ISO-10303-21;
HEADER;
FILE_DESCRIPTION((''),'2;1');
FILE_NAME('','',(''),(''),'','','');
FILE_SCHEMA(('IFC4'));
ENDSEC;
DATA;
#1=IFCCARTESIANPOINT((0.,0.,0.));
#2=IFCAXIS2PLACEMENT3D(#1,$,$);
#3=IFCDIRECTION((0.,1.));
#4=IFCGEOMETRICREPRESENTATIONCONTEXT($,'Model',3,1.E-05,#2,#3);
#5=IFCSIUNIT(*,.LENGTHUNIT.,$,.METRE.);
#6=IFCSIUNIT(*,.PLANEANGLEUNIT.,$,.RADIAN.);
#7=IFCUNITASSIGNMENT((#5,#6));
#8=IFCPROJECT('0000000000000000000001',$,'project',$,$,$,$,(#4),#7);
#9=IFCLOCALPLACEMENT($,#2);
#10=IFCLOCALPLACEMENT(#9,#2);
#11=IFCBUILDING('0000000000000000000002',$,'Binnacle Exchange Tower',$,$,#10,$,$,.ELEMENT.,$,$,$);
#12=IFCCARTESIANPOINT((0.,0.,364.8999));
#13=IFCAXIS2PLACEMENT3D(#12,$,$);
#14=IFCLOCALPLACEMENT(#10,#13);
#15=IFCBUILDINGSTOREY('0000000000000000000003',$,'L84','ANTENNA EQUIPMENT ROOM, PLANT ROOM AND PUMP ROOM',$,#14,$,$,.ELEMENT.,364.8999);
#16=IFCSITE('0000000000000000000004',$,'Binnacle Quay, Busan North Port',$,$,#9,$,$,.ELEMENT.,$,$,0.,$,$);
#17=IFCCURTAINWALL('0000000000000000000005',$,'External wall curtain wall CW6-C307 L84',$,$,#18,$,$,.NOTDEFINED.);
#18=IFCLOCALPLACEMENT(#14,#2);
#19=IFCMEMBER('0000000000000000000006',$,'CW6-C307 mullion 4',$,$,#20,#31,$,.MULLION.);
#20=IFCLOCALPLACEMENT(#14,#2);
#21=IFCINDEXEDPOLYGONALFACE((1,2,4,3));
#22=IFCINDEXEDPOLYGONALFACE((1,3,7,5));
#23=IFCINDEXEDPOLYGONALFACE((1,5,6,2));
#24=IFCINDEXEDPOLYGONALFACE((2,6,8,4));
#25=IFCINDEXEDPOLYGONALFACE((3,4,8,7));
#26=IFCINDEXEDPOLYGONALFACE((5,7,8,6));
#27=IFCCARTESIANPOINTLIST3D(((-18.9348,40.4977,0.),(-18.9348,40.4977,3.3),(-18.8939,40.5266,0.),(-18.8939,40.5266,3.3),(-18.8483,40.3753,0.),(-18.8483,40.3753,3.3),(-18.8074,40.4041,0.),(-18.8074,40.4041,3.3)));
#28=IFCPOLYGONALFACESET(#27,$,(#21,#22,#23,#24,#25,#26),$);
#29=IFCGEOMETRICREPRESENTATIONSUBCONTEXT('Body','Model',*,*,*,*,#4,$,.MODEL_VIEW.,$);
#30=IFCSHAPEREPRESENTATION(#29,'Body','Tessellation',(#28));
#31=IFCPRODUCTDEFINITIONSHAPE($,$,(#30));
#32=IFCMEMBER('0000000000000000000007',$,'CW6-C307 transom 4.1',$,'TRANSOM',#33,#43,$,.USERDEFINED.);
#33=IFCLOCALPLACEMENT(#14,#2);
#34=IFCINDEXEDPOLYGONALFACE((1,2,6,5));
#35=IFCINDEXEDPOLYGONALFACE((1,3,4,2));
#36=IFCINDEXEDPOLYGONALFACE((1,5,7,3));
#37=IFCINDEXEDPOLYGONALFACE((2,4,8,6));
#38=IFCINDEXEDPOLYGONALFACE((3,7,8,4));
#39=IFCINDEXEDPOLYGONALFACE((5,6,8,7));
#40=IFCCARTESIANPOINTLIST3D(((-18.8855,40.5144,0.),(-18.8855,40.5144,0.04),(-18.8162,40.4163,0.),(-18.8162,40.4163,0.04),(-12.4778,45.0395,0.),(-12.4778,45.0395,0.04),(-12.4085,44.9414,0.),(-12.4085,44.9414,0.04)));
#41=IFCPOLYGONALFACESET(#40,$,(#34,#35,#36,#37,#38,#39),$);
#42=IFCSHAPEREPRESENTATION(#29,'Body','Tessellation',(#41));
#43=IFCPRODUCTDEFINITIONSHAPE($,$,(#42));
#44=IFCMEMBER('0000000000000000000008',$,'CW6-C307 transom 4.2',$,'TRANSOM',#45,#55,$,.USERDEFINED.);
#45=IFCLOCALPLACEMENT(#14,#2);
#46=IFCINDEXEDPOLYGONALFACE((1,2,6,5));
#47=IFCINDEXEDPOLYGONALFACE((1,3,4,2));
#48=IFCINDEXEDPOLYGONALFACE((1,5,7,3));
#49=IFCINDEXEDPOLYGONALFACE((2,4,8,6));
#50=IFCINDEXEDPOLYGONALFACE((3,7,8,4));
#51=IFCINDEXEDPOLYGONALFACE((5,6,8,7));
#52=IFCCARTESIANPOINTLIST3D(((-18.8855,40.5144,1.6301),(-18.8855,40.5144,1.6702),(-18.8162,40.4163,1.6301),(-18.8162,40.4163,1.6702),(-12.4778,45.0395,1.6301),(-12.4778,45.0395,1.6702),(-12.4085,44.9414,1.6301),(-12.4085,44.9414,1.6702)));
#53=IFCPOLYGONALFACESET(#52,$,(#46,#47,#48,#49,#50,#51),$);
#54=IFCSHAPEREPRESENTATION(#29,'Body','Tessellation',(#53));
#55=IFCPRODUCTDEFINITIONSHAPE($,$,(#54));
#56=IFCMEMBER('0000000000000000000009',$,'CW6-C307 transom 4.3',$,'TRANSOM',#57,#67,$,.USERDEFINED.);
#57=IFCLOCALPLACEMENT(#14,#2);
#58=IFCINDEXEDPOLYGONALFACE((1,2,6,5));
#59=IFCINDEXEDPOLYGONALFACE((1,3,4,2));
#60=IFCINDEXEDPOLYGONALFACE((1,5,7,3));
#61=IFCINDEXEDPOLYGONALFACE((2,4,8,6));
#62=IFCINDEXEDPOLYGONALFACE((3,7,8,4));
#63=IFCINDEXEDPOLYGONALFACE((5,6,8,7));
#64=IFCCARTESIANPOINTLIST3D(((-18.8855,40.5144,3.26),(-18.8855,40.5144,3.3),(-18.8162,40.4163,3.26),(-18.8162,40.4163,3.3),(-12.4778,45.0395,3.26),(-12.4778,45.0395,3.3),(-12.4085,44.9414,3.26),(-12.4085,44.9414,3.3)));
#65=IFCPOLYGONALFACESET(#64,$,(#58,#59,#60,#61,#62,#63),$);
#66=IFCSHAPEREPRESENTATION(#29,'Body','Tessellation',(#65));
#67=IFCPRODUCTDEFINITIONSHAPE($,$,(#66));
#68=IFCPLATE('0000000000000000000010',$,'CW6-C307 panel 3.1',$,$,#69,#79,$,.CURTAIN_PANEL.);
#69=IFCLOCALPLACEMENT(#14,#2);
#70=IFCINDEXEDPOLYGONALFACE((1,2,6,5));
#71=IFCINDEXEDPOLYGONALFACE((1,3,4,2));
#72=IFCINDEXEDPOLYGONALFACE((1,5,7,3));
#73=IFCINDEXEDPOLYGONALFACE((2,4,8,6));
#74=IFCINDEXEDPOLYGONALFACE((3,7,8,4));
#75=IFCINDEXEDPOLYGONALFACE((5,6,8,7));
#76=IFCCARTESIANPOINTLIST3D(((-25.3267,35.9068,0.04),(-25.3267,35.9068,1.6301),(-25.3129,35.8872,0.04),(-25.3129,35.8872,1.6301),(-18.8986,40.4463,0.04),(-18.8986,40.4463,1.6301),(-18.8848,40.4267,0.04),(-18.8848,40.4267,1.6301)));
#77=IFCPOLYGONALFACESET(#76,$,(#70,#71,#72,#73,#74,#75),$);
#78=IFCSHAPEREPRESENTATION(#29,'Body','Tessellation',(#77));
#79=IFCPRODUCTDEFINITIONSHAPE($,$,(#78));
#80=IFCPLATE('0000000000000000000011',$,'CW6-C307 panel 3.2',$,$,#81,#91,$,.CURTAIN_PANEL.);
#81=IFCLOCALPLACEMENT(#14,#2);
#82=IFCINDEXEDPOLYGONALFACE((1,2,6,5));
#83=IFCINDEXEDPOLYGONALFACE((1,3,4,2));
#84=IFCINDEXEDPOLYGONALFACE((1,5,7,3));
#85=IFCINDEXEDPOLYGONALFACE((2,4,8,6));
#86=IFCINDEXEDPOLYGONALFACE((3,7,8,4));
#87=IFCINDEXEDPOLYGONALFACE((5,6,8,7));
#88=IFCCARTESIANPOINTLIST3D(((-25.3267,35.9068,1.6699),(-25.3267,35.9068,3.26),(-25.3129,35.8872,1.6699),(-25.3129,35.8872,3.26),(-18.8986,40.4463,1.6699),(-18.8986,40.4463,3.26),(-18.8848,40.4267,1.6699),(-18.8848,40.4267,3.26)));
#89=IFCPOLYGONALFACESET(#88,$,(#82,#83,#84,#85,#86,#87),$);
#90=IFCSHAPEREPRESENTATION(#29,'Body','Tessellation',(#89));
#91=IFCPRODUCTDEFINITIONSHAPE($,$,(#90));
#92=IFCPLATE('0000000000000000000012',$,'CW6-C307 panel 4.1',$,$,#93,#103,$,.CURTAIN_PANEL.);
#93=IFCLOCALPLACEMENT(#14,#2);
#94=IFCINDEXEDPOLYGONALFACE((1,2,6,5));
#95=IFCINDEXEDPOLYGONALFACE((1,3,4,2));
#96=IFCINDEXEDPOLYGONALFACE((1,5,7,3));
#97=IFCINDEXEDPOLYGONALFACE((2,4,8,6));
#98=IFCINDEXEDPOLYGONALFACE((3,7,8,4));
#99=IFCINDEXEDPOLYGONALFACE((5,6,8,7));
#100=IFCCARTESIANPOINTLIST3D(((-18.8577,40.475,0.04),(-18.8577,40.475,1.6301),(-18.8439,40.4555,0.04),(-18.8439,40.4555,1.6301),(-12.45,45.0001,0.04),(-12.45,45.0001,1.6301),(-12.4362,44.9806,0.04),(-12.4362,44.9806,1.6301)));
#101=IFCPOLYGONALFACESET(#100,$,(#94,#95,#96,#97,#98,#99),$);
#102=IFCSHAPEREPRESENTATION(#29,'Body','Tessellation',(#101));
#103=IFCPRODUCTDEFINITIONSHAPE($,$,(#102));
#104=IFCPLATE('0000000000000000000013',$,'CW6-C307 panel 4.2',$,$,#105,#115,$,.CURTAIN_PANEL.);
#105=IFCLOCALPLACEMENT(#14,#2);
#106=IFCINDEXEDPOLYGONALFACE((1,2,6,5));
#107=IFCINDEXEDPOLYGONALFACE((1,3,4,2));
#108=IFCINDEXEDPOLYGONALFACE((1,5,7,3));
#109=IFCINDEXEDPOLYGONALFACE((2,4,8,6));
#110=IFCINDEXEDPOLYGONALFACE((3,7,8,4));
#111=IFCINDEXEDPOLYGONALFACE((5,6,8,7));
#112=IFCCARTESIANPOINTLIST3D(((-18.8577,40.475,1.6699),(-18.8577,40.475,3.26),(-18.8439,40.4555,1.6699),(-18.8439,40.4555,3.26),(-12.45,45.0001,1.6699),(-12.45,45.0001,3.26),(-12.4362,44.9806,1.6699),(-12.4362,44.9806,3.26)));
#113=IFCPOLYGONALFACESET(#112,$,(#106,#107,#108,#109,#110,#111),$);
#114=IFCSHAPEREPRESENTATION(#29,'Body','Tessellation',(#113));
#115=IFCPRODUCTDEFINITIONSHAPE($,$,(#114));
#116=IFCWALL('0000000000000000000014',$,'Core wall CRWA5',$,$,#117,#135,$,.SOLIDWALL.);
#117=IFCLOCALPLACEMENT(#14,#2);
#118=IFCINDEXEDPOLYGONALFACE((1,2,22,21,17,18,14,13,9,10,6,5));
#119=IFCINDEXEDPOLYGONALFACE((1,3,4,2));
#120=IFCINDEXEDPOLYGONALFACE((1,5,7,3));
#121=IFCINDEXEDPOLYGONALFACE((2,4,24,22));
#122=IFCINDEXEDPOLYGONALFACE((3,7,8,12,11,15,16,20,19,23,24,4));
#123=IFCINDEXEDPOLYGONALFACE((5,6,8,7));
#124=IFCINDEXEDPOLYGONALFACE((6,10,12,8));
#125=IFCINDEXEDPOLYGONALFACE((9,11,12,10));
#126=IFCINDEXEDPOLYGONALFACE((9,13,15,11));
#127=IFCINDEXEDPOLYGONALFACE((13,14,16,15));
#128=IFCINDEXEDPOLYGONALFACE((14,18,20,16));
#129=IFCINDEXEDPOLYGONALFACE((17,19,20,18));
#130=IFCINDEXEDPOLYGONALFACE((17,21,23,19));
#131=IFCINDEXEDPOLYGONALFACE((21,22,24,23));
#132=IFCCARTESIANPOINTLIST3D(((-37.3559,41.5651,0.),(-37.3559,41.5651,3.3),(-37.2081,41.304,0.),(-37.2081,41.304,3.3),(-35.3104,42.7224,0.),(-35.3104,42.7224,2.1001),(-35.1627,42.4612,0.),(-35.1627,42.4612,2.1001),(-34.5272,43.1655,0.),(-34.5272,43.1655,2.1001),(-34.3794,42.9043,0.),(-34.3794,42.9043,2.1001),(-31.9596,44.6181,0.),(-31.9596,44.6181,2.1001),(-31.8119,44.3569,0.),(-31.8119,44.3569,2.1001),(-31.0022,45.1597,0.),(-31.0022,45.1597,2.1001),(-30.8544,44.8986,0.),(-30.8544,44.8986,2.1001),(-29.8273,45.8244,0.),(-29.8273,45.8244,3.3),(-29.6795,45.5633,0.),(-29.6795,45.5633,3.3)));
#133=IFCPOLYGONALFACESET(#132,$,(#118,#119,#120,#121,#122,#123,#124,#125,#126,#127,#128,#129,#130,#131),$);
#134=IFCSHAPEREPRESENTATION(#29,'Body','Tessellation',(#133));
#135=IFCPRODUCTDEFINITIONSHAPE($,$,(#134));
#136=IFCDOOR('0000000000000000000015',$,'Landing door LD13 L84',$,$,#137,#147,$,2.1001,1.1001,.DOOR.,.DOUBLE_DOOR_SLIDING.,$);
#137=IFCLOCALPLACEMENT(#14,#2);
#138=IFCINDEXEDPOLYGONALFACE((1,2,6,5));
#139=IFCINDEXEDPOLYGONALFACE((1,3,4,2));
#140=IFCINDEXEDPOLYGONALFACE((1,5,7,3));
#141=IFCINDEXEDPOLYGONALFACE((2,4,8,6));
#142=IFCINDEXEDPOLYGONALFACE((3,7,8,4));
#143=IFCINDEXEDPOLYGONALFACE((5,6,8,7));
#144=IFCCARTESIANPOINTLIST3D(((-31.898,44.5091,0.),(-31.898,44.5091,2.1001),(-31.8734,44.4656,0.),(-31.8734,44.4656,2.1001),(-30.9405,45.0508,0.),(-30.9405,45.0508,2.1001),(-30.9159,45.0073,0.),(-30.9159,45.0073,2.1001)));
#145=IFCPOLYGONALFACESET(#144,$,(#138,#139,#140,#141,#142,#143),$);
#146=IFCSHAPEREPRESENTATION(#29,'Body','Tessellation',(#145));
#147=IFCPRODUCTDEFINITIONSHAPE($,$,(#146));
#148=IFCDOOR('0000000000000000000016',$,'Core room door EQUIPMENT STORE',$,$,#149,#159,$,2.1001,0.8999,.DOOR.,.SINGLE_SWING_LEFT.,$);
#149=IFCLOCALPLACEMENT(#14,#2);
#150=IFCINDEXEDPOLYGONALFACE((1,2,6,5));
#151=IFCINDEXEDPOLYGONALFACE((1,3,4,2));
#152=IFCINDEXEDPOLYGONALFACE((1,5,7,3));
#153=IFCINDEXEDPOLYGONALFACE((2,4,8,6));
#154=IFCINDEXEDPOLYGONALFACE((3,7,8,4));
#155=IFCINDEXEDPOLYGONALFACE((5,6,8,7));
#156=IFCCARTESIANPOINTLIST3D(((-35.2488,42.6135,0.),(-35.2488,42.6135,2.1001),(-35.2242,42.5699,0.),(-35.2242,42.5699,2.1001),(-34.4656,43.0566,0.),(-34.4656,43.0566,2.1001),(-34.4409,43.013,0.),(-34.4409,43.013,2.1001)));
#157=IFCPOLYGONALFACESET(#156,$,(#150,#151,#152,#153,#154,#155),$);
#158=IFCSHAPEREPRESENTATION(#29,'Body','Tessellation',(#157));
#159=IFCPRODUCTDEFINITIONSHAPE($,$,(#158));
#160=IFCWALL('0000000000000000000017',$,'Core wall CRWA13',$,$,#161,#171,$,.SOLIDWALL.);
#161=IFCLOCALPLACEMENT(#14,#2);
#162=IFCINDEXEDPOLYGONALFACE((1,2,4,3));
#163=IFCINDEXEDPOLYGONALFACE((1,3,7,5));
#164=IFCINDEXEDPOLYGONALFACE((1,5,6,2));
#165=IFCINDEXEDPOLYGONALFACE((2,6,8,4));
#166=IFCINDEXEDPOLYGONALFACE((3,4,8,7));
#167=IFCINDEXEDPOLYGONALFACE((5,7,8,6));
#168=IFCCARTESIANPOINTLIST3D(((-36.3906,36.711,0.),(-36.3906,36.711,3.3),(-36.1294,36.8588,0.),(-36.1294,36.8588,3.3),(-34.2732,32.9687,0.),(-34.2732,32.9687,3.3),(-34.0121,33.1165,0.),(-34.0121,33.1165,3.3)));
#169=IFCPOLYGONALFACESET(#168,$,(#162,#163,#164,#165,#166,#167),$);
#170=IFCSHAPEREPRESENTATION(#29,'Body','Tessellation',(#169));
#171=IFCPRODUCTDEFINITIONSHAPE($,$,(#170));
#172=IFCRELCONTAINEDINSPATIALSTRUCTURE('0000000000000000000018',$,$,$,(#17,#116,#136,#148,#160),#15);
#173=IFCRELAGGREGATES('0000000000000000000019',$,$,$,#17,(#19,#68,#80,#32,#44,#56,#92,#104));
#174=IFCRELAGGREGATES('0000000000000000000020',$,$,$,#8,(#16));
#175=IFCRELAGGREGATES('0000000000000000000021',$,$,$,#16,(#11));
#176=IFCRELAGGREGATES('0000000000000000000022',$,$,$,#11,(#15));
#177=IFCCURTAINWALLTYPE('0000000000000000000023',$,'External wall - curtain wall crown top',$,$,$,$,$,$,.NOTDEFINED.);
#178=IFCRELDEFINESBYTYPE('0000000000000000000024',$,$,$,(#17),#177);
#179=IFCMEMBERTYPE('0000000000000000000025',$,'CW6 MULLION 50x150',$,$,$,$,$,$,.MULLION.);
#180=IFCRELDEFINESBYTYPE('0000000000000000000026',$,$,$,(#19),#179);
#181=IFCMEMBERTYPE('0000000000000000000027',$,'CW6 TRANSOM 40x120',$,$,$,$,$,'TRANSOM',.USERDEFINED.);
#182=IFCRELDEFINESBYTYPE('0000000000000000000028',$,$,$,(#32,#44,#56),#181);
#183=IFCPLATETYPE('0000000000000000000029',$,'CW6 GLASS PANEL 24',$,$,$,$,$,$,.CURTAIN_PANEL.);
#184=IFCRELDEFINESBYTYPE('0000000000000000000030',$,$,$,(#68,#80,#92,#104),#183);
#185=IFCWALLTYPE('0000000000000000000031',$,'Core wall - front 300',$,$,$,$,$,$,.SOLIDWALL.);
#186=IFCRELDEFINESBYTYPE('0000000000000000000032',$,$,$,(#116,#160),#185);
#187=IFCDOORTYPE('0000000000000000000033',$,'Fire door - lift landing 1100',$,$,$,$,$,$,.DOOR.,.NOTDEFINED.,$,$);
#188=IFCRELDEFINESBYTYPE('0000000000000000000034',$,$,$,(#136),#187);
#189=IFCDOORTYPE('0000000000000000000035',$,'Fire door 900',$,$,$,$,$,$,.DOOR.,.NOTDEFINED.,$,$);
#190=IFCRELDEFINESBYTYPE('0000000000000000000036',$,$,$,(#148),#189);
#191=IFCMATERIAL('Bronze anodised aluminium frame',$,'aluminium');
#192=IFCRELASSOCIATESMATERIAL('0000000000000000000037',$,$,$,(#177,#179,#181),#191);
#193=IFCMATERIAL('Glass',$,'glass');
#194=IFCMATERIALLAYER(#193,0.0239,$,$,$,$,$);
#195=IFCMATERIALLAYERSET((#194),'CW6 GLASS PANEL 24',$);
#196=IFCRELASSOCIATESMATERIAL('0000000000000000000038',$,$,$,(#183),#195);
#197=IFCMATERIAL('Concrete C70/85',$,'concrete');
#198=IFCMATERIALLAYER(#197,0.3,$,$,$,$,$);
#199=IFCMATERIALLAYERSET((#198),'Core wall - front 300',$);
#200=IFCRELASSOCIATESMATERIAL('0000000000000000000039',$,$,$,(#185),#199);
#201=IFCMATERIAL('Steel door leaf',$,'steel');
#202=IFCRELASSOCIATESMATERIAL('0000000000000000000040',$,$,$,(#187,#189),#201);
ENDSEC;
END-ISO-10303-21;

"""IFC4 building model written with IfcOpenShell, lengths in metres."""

from ifc_helpers import new_model, si_unit, direction, frame, frame_2d, origin, origin_2d, place, context, subcontext, project, spatial, rectangle, extrude, material, layer, layer_set, material_profile, profile_set, type_object, element, fill, aggregate, save


model = new_model("IFC4")

# Units and contexts
model_context = context("Model", 3, precision=1e-05, world=origin(), true_north=direction((0.0, 1.0)))
body_context = subcontext(model_context, "Body", "Model", "MODEL_VIEW")
ifc_project = project(units=[si_unit("LENGTHUNIT", "METRE"), si_unit("PLANEANGLEUNIT", "RADIAN")], contexts=[model_context])

# Site, building, storey
site_placement = place(None, origin())
site = spatial("IfcSite", under=ifc_project, at=site_placement, Name="Binnacle Quay, Busan North Port", CompositionType="ELEMENT", RefElevation=0.0)
building_placement = place(site_placement, origin())
building = spatial("IfcBuilding", under=site, at=building_placement, Name="Binnacle Exchange Tower", CompositionType="ELEMENT")
storey_placement = place(building_placement, frame((0.0, 0.0, 364.8999)))
storey = spatial("IfcBuildingStorey", under=building, at=storey_placement, Name="L84", Description="ANTENNA EQUIPMENT ROOM, PLANT ROOM AND PUMP ROOM", CompositionType="ELEMENT", Elevation=364.8999)

# Curtain wall, members, plates
ifc_material_1 = material(Name="Bronze anodised aluminium frame", Category="aluminium")
curtain_wall_type = type_object("IfcCurtainWallType", Name="External wall - curtain wall crown top", PredefinedType="NOTDEFINED", material=ifc_material_1)
curtain_wall_placement = place(storey_placement, origin())
curtain_wall = element("IfcCurtainWall", 1, at=curtain_wall_placement, inside=storey, type_object=curtain_wall_type, Name="External wall curtain wall CW6-C307 L84", PredefinedType="NOTDEFINED")
ifc_material_profile_1 = material_profile(ifc_material_1, rectangle(XDim=0.1499, YDim=0.05, at=origin_2d()), Name="AL 50x150")
ifc_profile_set_1 = profile_set([ifc_material_profile_1], Name="Bronze anodised aluminium frame")
member_type_1 = type_object("IfcMemberType", Name="CW6 MULLION 50x150", PredefinedType="MULLION", material=ifc_profile_set_1)
member_1_placement = place(storey_placement, frame((-18.8711, 40.4509, 0.0), z_axis=(0.0, 0.0, 1.0), x_axis=(-0.576854, 0.816847, 0.0)))
member_1 = element("IfcMember", 2, at=member_1_placement, type_object=member_type_1, Name="CW6-C307 mullion 4", PredefinedType="MULLION", context=body_context, shape_type="SweptSolid", body=[
    extrude(rectangle(XDim=0.1499, YDim=0.05, at=origin_2d()), origin(), (0.0, 0.0, 1.0), 3.3),
])
ifc_material_profile_2 = material_profile(ifc_material_1, rectangle(XDim=0.1201, YDim=0.04, at=origin_2d()), Name="AL 120x40")
ifc_profile_set_2 = profile_set([ifc_material_profile_2], Name="Bronze anodised aluminium frame")
member_type_2 = type_object("IfcMemberType", Name="CW6 TRANSOM 40x120", ElementType="TRANSOM", PredefinedType="USERDEFINED", material=ifc_profile_set_2)
member_2_placement = place(storey_placement, frame((-18.8508, 40.4653, 0.02), z_axis=(0.816845, 0.576858, 0.0), x_axis=(-0.576858, 0.816845, 0.0)))
member_2 = element("IfcMember", 3, at=member_2_placement, type_object=member_type_2, Name="CW6-C307 transom 4.1", ObjectType="TRANSOM", PredefinedType="USERDEFINED", context=body_context, shape_type="SweptSolid", body=[
    extrude(rectangle(XDim=0.1201, YDim=0.04, at=origin_2d()), origin(), (0.0, 0.0, 1.0), 7.8445),
])
member_3_placement = place(storey_placement, frame((-18.8508, 40.4653, 1.6501), z_axis=(0.816845, 0.576858, 0.0), x_axis=(-0.576858, 0.816845, 0.0)))
member_3 = element("IfcMember", 4, at=member_3_placement, type_object=member_type_2, Name="CW6-C307 transom 4.2", ObjectType="TRANSOM", PredefinedType="USERDEFINED", context=body_context, shape_type="SweptSolid", body=[
    extrude(rectangle(XDim=0.1201, YDim=0.04, at=origin_2d()), origin(), (0.0, 0.0, 1.0), 7.8445),
])
member_4_placement = place(storey_placement, frame((-18.8508, 40.4653, 3.28), z_axis=(0.816845, 0.576858, 0.0), x_axis=(-0.576858, 0.816845, 0.0)))
member_4 = element("IfcMember", 5, at=member_4_placement, type_object=member_type_2, Name="CW6-C307 transom 4.3", ObjectType="TRANSOM", PredefinedType="USERDEFINED", context=body_context, shape_type="SweptSolid", body=[
    extrude(rectangle(XDim=0.1201, YDim=0.04, at=origin_2d()), origin(), (0.0, 0.0, 1.0), 7.8445),
])
ifc_material_2 = material(Name="Glass", Category="glass")
ifc_layer_1 = layer(ifc_material_2, 0.0239)
ifc_layer_set_1 = layer_set([ifc_layer_1], Name="CW6 GLASS PANEL 24")
plate_type = type_object("IfcPlateType", Name="CW6 GLASS PANEL 24", PredefinedType="CURTAIN_PANEL", material=ifc_layer_set_1)
plate_1_placement = place(storey_placement, frame((-22.1057, 38.1667, 0.04), z_axis=(0.0, 0.0, 1.0), x_axis=(0.816847, 0.576854, 0.0)))
plate_1 = element("IfcPlate", 6, at=plate_1_placement, type_object=plate_type, Name="CW6-C307 panel 3.1", PredefinedType="CURTAIN_PANEL", context=body_context, shape_type="SweptSolid", body=[
    extrude(rectangle(XDim=7.8694, YDim=0.0239, at=origin_2d()), origin(), (0.0, 0.0, 1.0), 1.5901),
])
plate_2_placement = place(storey_placement, frame((-22.1057, 38.1667, 1.6699), z_axis=(0.0, 0.0, 1.0), x_axis=(0.816847, 0.576854, 0.0)))
plate_2 = element("IfcPlate", 7, at=plate_2_placement, type_object=plate_type, Name="CW6-C307 panel 3.2", PredefinedType="CURTAIN_PANEL", context=body_context, shape_type="SweptSolid", body=[
    extrude(rectangle(XDim=7.8694, YDim=0.0239, at=origin_2d()), origin(), (0.0, 0.0, 1.0), 1.5901),
])
plate_3_placement = place(storey_placement, frame((-15.647, 42.7278, 0.04), z_axis=(0.0, 0.0, 1.0), x_axis=(0.816847, 0.576854, 0.0)))
plate_3 = element("IfcPlate", 8, at=plate_3_placement, type_object=plate_type, Name="CW6-C307 panel 4.1", PredefinedType="CURTAIN_PANEL", context=body_context, shape_type="SweptSolid", body=[
    extrude(rectangle(XDim=7.8445, YDim=0.0239, at=origin_2d()), origin(), (0.0, 0.0, 1.0), 1.5901),
])
plate_4_placement = place(storey_placement, frame((-15.647, 42.7278, 1.6699), z_axis=(0.0, 0.0, 1.0), x_axis=(0.816847, 0.576854, 0.0)))
plate_4 = element("IfcPlate", 9, at=plate_4_placement, type_object=plate_type, Name="CW6-C307 panel 4.2", PredefinedType="CURTAIN_PANEL", context=body_context, shape_type="SweptSolid", body=[
    extrude(rectangle(XDim=7.8445, YDim=0.0239, at=origin_2d()), origin(), (0.0, 0.0, 1.0), 1.5901),
])
aggregate(curtain_wall, [member_1, plate_1, plate_2, member_2, member_3, member_4, plate_3, plate_4])

# Wall, openings, doors
ifc_material_3 = material(Name="Concrete C70/85", Category="concrete")
ifc_layer_2 = layer(ifc_material_3, 0.3)
ifc_layer_set_2 = layer_set([ifc_layer_2], Name="Core wall - front 300")
wall_type_1 = type_object("IfcWallType", Name="Core wall - front 300", PredefinedType="SOLIDWALL", material=ifc_layer_set_2)
wall_1_placement = place(storey_placement, frame((-37.282, 41.4346, 0.0), z_axis=(0.0, 0.0, 1.0), x_axis=(0.870365, 0.492408, 0.0)))
wall_1 = element("IfcWall", 10, at=wall_1_placement, inside=storey, type_object=wall_type_1, Name="Core wall CRWA5", PredefinedType="SOLIDWALL", context=body_context, shape_type="SweptSolid", body=[
    extrude(rectangle(XDim=8.6499, YDim=0.3, at=frame_2d((4.325, 0.0))), origin(), (0.0, 0.0, 1.0), 3.3),
])
opening_1_placement = place(wall_1_placement, frame((6.2, 0.0, 0.0)))
opening_1 = element("IfcOpeningElement", 11, at=opening_1_placement, cuts=wall_1, PredefinedType="OPENING", context=body_context, shape_type="SweptSolid", body=[
    extrude(rectangle(XDim=1.1001, YDim=2.1001, at=frame_2d((0.55, 1.05))), frame((0.0, 0.1599, 0.0), z_axis=(0.0, -1.0, 0.0), x_axis=(1.0, 0.0, 0.0)), (0.0, 0.0, 1.0), 0.3201),
])
opening_2_placement = place(wall_1_placement, frame((2.3501, 0.0, 0.0)))
opening_2 = element("IfcOpeningElement", 12, at=opening_2_placement, cuts=wall_1, PredefinedType="OPENING", context=body_context, shape_type="SweptSolid", body=[
    extrude(rectangle(XDim=0.8999, YDim=2.1001, at=frame_2d((0.45, 1.05))), frame((0.0, 0.1599, 0.0), z_axis=(0.0, -1.0, 0.0), x_axis=(1.0, 0.0, 0.0)), (0.0, 0.0, 1.0), 0.3201),
])
ifc_material_4 = material(Name="Steel door leaf", Category="steel")
door_type_1 = type_object("IfcDoorType", Name="Fire door - lift landing 1100", OperationType="NOTDEFINED", PredefinedType="DOOR", material=ifc_material_4)
door_1_placement = place(opening_1_placement, origin())
door_1 = element("IfcDoor", 13, at=door_1_placement, inside=storey, type_object=door_type_1, Name="Landing door LD13 L84", OperationType="DOUBLE_DOOR_SLIDING", OverallHeight=2.1001, OverallWidth=1.1001, PredefinedType="DOOR", context=body_context, shape_type="SweptSolid", body=[
    extrude(rectangle(XDim=1.1001, YDim=2.1001, at=frame_2d((0.55, 1.05))), frame((0.0, 0.0249, 0.0), z_axis=(0.0, -1.0, 0.0), x_axis=(1.0, 0.0, 0.0)), (0.0, 0.0, 1.0), 0.05),
])
fill(opening_1, door_1)
door_type_2 = type_object("IfcDoorType", Name="Fire door 900", OperationType="NOTDEFINED", PredefinedType="DOOR", material=ifc_material_4)
door_2_placement = place(opening_2_placement, origin())
door_2 = element("IfcDoor", 14, at=door_2_placement, inside=storey, type_object=door_type_2, Name="Core room door EQUIPMENT STORE", OperationType="SINGLE_SWING_LEFT", OverallHeight=2.1001, OverallWidth=0.8999, PredefinedType="DOOR", context=body_context, shape_type="SweptSolid", body=[
    extrude(rectangle(XDim=0.8999, YDim=2.1001, at=frame_2d((0.45, 1.05))), frame((0.0, 0.0249, 0.0), z_axis=(0.0, -1.0, 0.0), x_axis=(1.0, 0.0, 0.0)), (0.0, 0.0, 1.0), 0.05),
])
fill(opening_2, door_2)

# Wall
wall_2_placement = place(storey_placement, frame((-36.26, 36.7849, 0.0), z_axis=(0.0, 0.0, 1.0), x_axis=(0.492435, -0.870349, 0.0)))
element("IfcWall", 15, at=wall_2_placement, inside=storey, type_object=wall_type_1, Name="Core wall CRWA13", PredefinedType="SOLIDWALL", context=body_context, shape_type="SweptSolid", body=[
    extrude(rectangle(XDim=4.2998, YDim=0.3, at=frame_2d((2.1499, 0.0))), origin(), (0.0, 0.0, 1.0), 3.3),
])

save(model, "model.ifc")
